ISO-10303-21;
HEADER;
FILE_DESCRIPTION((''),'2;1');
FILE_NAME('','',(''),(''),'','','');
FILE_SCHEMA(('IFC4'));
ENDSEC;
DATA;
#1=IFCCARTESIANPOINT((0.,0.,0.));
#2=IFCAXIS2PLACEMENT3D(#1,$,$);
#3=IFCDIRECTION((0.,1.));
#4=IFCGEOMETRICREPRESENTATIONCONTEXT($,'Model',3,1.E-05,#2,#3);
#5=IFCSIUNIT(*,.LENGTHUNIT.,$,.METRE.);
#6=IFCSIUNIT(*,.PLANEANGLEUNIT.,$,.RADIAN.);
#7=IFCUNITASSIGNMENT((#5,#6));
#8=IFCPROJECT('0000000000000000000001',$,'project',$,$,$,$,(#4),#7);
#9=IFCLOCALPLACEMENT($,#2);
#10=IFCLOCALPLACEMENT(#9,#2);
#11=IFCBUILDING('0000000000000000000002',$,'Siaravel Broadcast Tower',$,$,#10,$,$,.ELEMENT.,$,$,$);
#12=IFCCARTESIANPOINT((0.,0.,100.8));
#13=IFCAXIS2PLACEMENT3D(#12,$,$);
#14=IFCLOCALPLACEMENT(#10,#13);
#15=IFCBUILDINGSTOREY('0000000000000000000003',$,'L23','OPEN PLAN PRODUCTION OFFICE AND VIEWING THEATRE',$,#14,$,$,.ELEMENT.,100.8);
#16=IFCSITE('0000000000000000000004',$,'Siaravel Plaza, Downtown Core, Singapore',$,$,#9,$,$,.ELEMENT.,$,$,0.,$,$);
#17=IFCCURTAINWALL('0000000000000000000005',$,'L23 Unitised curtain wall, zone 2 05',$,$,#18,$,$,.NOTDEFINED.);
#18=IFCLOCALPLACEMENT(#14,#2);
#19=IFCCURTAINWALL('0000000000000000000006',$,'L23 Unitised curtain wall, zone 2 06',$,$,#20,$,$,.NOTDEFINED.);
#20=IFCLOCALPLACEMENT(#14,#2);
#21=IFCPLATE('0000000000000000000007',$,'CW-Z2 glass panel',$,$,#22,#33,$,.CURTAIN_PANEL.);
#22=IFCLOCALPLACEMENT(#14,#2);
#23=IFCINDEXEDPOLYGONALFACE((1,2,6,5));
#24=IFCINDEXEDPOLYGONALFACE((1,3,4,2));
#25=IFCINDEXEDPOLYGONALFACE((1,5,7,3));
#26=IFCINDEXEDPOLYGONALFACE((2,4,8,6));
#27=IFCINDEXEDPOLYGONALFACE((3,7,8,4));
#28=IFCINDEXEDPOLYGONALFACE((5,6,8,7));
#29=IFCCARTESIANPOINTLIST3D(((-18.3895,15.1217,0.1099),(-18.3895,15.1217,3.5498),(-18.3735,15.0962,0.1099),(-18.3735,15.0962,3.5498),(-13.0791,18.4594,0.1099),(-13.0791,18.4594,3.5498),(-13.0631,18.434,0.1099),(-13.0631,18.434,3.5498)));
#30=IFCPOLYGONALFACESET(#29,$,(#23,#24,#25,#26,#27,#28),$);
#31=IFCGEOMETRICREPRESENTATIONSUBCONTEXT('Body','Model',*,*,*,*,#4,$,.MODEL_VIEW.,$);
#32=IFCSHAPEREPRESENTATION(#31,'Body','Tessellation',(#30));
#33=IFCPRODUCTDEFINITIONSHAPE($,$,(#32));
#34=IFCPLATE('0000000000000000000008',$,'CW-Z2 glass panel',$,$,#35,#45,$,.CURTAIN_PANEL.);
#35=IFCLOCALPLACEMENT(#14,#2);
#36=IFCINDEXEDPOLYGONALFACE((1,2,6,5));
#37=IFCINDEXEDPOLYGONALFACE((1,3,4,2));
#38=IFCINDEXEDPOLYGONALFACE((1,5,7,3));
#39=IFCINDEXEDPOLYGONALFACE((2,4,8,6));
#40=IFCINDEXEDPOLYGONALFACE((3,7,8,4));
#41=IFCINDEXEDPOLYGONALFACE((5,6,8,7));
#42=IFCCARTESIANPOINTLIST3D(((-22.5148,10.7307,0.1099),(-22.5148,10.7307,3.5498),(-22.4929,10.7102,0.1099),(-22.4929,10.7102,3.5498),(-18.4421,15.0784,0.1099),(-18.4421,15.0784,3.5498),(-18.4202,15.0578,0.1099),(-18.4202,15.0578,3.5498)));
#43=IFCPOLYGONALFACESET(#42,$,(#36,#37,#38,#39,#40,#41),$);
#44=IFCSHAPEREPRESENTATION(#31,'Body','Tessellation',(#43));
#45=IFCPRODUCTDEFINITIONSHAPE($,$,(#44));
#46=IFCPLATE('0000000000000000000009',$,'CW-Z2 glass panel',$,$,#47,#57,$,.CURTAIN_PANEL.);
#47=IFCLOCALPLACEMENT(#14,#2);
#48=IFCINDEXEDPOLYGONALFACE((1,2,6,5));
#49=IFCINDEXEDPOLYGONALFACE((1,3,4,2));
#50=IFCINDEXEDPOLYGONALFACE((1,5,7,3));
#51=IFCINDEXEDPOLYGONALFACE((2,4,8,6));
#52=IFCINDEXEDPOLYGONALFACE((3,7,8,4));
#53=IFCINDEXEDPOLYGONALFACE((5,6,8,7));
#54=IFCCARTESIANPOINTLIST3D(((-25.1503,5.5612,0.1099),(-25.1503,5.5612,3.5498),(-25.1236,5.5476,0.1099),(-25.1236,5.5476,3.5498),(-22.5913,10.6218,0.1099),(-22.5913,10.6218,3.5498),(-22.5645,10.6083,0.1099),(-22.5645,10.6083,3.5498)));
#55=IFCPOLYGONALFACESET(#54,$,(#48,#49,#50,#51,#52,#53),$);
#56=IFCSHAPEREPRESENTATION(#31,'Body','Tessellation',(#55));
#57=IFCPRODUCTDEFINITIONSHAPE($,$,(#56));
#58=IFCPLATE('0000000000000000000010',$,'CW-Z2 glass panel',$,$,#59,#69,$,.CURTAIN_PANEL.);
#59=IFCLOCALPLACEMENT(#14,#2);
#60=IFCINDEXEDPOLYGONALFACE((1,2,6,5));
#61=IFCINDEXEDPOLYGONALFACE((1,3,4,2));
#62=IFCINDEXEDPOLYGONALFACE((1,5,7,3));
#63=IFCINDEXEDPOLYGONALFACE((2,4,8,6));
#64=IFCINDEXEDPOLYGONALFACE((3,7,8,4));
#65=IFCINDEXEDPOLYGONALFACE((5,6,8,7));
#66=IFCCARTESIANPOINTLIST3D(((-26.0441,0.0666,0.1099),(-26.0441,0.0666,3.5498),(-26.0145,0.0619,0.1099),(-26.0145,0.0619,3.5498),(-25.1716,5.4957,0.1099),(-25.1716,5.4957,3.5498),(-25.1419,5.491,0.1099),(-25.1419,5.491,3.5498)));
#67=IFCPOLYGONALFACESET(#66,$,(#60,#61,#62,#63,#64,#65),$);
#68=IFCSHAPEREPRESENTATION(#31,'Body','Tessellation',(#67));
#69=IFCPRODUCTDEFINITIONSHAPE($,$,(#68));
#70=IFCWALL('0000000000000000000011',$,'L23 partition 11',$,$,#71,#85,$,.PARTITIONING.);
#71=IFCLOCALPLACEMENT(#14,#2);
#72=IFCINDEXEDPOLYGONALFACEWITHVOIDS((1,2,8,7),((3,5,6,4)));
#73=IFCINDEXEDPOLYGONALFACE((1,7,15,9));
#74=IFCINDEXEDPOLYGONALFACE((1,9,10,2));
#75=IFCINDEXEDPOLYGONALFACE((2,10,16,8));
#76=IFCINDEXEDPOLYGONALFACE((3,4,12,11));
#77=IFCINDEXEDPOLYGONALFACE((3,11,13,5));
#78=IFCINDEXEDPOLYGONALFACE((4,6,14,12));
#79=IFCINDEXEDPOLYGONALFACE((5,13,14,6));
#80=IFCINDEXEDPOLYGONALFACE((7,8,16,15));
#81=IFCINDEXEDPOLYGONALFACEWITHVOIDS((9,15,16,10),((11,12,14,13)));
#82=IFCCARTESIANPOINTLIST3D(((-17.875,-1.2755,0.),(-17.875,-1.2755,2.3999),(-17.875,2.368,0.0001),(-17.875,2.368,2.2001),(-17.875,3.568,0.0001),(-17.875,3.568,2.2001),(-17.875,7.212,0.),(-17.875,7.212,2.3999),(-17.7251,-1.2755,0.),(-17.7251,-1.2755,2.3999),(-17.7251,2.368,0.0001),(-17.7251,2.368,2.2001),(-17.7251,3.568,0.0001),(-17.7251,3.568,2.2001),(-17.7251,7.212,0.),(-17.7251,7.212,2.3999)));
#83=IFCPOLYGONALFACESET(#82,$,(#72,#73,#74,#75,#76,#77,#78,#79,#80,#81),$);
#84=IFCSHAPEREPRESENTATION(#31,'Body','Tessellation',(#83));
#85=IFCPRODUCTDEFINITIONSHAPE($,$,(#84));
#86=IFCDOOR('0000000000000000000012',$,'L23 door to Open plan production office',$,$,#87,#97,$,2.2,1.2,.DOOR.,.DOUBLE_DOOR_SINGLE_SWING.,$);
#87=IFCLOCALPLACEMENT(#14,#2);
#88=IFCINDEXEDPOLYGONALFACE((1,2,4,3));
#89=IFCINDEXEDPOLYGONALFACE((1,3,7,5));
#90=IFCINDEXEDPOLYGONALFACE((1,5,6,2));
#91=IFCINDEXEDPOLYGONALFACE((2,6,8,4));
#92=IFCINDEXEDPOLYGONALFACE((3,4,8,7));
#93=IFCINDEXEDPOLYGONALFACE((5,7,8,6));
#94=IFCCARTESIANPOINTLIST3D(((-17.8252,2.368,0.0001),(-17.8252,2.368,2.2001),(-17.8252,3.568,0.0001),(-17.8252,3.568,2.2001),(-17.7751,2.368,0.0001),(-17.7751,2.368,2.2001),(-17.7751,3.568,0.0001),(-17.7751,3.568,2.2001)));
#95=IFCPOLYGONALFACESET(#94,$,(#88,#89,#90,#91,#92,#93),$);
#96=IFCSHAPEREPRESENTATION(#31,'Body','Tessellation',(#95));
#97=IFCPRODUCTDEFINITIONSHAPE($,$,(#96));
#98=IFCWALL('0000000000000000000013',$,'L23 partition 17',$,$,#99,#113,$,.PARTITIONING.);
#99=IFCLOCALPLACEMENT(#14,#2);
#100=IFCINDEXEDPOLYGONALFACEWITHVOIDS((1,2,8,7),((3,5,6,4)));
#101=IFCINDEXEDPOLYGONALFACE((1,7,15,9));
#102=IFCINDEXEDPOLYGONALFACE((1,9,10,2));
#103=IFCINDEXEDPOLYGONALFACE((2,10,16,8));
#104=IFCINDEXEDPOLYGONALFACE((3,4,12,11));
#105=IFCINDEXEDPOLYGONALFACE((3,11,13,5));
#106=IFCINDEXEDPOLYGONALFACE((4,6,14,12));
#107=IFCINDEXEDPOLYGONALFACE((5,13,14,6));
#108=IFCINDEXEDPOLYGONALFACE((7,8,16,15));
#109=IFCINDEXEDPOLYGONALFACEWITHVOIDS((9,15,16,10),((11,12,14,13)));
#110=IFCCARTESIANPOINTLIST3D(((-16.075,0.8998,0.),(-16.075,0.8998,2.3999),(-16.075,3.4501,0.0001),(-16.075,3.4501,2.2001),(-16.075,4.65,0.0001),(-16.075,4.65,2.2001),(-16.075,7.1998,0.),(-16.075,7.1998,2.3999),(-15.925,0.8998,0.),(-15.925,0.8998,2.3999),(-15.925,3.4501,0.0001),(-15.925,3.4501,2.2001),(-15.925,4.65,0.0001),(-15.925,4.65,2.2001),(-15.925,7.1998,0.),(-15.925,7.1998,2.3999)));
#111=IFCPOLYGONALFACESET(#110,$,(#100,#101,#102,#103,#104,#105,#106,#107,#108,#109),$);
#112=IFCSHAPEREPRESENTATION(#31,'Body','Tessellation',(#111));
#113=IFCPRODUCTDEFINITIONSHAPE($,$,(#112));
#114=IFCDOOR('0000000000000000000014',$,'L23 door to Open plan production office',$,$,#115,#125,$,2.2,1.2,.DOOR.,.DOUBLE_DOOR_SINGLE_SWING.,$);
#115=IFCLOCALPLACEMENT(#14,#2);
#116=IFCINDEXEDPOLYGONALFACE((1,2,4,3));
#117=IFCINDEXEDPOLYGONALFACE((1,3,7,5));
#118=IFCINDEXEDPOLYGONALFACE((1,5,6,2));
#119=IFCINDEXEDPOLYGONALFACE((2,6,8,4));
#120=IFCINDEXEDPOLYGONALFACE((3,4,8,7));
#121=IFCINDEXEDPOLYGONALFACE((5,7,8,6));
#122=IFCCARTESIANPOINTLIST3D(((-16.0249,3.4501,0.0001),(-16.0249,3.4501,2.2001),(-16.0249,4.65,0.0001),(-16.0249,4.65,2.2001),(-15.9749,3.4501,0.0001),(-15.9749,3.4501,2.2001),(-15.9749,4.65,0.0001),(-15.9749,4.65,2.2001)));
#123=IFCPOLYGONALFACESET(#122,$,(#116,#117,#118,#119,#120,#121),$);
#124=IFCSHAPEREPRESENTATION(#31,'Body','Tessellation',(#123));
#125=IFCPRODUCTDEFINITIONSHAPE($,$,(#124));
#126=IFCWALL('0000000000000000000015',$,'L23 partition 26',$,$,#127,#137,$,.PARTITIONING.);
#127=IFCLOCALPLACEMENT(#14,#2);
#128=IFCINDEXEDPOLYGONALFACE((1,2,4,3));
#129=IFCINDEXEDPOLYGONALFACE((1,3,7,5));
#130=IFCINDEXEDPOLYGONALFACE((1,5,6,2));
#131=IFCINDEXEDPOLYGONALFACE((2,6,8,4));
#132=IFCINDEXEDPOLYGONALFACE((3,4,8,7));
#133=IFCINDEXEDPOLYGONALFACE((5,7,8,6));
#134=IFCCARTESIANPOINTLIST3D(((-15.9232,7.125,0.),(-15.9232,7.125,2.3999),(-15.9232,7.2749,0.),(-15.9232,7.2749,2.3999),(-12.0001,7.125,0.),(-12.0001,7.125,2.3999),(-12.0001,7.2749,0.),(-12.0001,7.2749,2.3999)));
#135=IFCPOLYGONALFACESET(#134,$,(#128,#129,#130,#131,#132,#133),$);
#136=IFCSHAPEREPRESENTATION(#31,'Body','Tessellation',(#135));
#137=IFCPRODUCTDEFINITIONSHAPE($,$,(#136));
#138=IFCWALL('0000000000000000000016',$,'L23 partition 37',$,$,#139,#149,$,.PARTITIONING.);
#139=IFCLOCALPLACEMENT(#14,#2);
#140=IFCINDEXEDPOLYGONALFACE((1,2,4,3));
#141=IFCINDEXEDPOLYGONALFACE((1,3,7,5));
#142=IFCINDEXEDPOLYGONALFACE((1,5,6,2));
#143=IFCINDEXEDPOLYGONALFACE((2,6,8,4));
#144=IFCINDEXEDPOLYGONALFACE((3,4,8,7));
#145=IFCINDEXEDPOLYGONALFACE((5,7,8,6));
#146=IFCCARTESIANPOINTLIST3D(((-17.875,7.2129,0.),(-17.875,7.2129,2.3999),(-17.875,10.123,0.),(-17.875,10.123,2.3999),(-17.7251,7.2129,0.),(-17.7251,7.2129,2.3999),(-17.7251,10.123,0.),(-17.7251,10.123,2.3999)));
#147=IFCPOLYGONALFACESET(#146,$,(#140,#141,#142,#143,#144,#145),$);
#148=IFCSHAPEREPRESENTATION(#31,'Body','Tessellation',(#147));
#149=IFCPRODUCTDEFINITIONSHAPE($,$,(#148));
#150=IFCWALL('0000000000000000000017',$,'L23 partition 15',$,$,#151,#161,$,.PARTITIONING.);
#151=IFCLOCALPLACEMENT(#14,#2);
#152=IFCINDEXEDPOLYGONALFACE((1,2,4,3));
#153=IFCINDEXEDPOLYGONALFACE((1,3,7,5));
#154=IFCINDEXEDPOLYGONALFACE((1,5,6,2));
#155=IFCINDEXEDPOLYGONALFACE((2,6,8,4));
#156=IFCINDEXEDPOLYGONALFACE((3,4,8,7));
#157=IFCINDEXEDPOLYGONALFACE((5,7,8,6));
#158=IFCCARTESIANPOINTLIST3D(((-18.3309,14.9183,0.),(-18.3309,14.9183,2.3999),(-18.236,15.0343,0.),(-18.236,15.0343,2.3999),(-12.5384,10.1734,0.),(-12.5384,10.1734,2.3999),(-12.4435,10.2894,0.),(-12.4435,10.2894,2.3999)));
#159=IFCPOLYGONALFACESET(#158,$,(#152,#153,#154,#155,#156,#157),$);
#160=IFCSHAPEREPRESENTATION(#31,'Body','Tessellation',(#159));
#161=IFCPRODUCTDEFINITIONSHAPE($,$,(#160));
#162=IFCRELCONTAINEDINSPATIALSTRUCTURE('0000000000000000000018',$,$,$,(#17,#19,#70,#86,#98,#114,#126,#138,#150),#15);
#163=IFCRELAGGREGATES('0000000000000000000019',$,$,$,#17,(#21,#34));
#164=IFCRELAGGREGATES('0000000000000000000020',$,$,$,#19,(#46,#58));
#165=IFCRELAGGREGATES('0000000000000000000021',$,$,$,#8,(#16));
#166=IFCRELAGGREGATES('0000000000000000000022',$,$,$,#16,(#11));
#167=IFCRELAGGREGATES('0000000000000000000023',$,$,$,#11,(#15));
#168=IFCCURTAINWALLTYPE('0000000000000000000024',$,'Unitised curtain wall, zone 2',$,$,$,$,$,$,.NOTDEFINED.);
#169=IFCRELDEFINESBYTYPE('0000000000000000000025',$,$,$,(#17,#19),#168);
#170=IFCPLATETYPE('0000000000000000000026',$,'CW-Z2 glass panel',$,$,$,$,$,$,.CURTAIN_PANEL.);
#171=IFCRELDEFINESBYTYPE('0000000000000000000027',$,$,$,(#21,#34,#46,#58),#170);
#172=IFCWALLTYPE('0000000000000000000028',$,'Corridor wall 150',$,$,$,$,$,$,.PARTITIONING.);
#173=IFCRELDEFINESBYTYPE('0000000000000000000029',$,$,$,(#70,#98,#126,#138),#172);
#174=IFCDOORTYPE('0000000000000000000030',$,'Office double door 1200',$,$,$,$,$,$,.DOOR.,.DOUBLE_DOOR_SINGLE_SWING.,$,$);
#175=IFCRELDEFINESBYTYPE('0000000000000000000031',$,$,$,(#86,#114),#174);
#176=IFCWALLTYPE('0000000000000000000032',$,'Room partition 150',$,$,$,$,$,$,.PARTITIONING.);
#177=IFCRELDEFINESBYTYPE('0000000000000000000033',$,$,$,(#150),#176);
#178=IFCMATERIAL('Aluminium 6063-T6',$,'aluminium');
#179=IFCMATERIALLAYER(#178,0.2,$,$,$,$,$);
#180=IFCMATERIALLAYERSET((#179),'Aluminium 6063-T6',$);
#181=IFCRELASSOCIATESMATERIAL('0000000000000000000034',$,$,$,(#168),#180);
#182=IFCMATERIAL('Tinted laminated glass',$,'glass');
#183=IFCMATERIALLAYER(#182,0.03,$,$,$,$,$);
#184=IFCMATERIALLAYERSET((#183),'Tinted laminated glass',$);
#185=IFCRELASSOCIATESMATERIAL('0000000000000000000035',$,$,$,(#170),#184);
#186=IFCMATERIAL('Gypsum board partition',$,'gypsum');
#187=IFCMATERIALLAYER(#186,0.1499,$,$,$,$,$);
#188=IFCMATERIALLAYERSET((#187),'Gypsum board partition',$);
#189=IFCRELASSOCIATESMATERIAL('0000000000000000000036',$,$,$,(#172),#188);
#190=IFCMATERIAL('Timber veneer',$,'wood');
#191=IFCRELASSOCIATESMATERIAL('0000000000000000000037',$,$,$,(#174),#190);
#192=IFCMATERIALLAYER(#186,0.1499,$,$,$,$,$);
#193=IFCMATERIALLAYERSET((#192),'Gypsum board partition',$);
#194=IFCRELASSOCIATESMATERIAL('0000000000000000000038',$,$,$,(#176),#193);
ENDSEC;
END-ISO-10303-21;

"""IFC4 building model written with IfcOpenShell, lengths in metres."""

from ifc_helpers import new_model, si_unit, direction, frame, frame_2d, origin, origin_2d, place, context, subcontext, project, spatial, rectangle, extrude, material, layer, layer_set, type_object, element, fill, aggregate, save


model = new_model("IFC4")

# Units and contexts
model_context = context("Model", 3, precision=1e-05, world=origin(), true_north=direction((0.0, 1.0)))
body_context = subcontext(model_context, "Body", "Model", "MODEL_VIEW")
ifc_project = project(units=[si_unit("LENGTHUNIT", "METRE"), si_unit("PLANEANGLEUNIT", "RADIAN")], contexts=[model_context])

# Site, building, storey
site_placement = place(None, origin())
site = spatial("IfcSite", under=ifc_project, at=site_placement, Name="Siaravel Plaza, Downtown Core, Singapore", CompositionType="ELEMENT", RefElevation=0.0)
building_placement = place(site_placement, origin())
building = spatial("IfcBuilding", under=site, at=building_placement, Name="Siaravel Broadcast Tower", CompositionType="ELEMENT")
storey_placement = place(building_placement, frame((0.0, 0.0, 100.8)))
storey = spatial("IfcBuildingStorey", under=building, at=storey_placement, Name="L23", Description="OPEN PLAN PRODUCTION OFFICE AND VIEWING THEATRE", CompositionType="ELEMENT", Elevation=100.8)

# Curtain walls
ifc_material_1 = material(Name="Aluminium 6063-T6", Category="aluminium")
ifc_layer_1 = layer(ifc_material_1, 0.2)
ifc_layer_set_1 = layer_set([ifc_layer_1], Name="Aluminium 6063-T6")
curtain_wall_type = type_object("IfcCurtainWallType", Name="Unitised curtain wall, zone 2", PredefinedType="NOTDEFINED", material=ifc_layer_set_1)
curtain_wall_1_placement = place(storey_placement, origin())
curtain_wall_1 = element("IfcCurtainWall", 1, at=curtain_wall_1_placement, inside=storey, type_object=curtain_wall_type, Name="L23 Unitised curtain wall, zone 2 05", PredefinedType="NOTDEFINED")
curtain_wall_2_placement = place(storey_placement, origin())
curtain_wall_2 = element("IfcCurtainWall", 2, at=curtain_wall_2_placement, inside=storey, type_object=curtain_wall_type, Name="L23 Unitised curtain wall, zone 2 06", PredefinedType="NOTDEFINED")

# Plates
ifc_material_2 = material(Name="Tinted laminated glass", Category="glass")
ifc_layer_2 = layer(ifc_material_2, 0.03)
ifc_layer_set_2 = layer_set([ifc_layer_2], Name="Tinted laminated glass")
plate_type = type_object("IfcPlateType", Name="CW-Z2 glass panel", PredefinedType="CURTAIN_PANEL", material=ifc_layer_set_2)
plate_1_placement = place(storey_placement, frame((-15.7263, 16.7778, 0.1099), z_axis=(0.0, 0.0, 1.0), x_axis=(-0.846651, -0.532149, 0.0)))
plate_1 = element("IfcPlate", 3, at=plate_1_placement, type_object=plate_type, Name="CW-Z2 glass panel", PredefinedType="CURTAIN_PANEL", context=body_context, shape_type="SweptSolid", body=[
    extrude(rectangle(XDim=6.2722, YDim=0.03, at=origin_2d()), origin(), (0.0, 0.0, 1.0), 3.4399),
])
plate_2_placement = place(storey_placement, frame((-20.4675, 12.8943, 0.1099), z_axis=(0.0, 0.0, 1.0), x_axis=(-0.683656, -0.729805, 0.0)))
plate_2 = element("IfcPlate", 4, at=plate_2_placement, type_object=plate_type, Name="CW-Z2 glass panel", PredefinedType="CURTAIN_PANEL", context=body_context, shape_type="SweptSolid", body=[
    extrude(rectangle(XDim=5.9573, YDim=0.03, at=origin_2d()), origin(), (0.0, 0.0, 1.0), 3.4399),
])
aggregate(curtain_wall_1, [plate_1, plate_2])
plate_3_placement = place(storey_placement, frame((-23.8574, 8.0847, 0.1099), z_axis=(0.0, 0.0, 1.0), x_axis=(-0.451261, -0.892392, 0.0)))
plate_3 = element("IfcPlate", 5, at=plate_3_placement, type_object=plate_type, Name="CW-Z2 glass panel", PredefinedType="CURTAIN_PANEL", context=body_context, shape_type="SweptSolid", body=[
    extrude(rectangle(XDim=5.6709, YDim=0.03, at=origin_2d()), origin(), (0.0, 0.0, 1.0), 3.4399),
])
plate_4_placement = place(storey_placement, frame((-25.593, 2.7788, 0.1099), z_axis=(0.0, 0.0, 1.0), x_axis=(-0.158686, -0.987329, 0.0)))
plate_4 = element("IfcPlate", 6, at=plate_4_placement, type_object=plate_type, Name="CW-Z2 glass panel", PredefinedType="CURTAIN_PANEL", context=body_context, shape_type="SweptSolid", body=[
    extrude(rectangle(XDim=5.4988, YDim=0.03, at=origin_2d()), origin(), (0.0, 0.0, 1.0), 3.4399),
])
aggregate(curtain_wall_2, [plate_3, plate_4])

# Walls, openings, doors
ifc_material_3 = material(Name="Gypsum board partition", Category="gypsum")
ifc_layer_3 = layer(ifc_material_3, 0.1499)
ifc_layer_set_3 = layer_set([ifc_layer_3], Name="Gypsum board partition")
wall_type_1 = type_object("IfcWallType", Name="Corridor wall 150", PredefinedType="PARTITIONING", material=ifc_layer_set_3)
wall_1_placement = place(storey_placement, frame((-17.8, 7.2119, 0.0), z_axis=(0.0, 0.0, 1.0), x_axis=(0.0, -1.0, 0.0)))
wall_1 = element("IfcWall", 7, at=wall_1_placement, inside=storey, type_object=wall_type_1, Name="L23 partition 11", PredefinedType="PARTITIONING", context=body_context, shape_type="SweptSolid", body=[
    extrude(rectangle(XDim=8.4875, YDim=0.1499, at=frame_2d((4.2437, 0.0))), origin(), (0.0, 0.0, 1.0), 2.3999),
])
opening_1_placement = place(wall_1_placement, frame((3.6438, 0.0, 0.0)))
opening_1 = element("IfcOpeningElement", 8, at=opening_1_placement, cuts=wall_1, PredefinedType="OPENING", context=body_context, shape_type="SweptSolid", body=[
    extrude(rectangle(XDim=1.2, YDim=2.2, at=frame_2d((0.6001, 1.1001))), frame((0.0, 0.085, 0.0), z_axis=(0.0, -1.0, 0.0), x_axis=(1.0, 0.0, 0.0)), (0.0, 0.0, 1.0), 0.1699),
])
ifc_material_4 = material(Name="Timber veneer", Category="wood")
door_type = type_object("IfcDoorType", Name="Office double door 1200", OperationType="DOUBLE_DOOR_SINGLE_SWING", PredefinedType="DOOR", material=ifc_material_4)
door_1_placement = place(opening_1_placement, origin())
door_1 = element("IfcDoor", 9, at=door_1_placement, inside=storey, type_object=door_type, Name="L23 door to Open plan production office", OperationType="DOUBLE_DOOR_SINGLE_SWING", OverallHeight=2.2, OverallWidth=1.2, PredefinedType="DOOR", context=body_context, shape_type="SweptSolid", body=[
    extrude(rectangle(XDim=1.2, YDim=2.2, at=frame_2d((0.6001, 1.1001))), frame((0.0, 0.0249, 0.0), z_axis=(0.0, -1.0, 0.0), x_axis=(1.0, 0.0, 0.0)), (0.0, 0.0, 1.0), 0.05),
])
fill(opening_1, door_1)
wall_2_placement = place(storey_placement, frame((-16.0, 0.8999, 0.0), z_axis=(0.0, 0.0, 1.0), x_axis=(0.0, 1.0, 0.0)))
wall_2 = element("IfcWall", 10, at=wall_2_placement, inside=storey, type_object=wall_type_1, Name="L23 partition 17", PredefinedType="PARTITIONING", context=body_context, shape_type="SweptSolid", body=[
    extrude(rectangle(XDim=6.3, YDim=0.1499, at=frame_2d((3.1499, 0.0))), origin(), (0.0, 0.0, 1.0), 2.3999),
])
opening_2_placement = place(wall_2_placement, frame((2.55, 0.0, 0.0)))
opening_2 = element("IfcOpeningElement", 11, at=opening_2_placement, cuts=wall_2, PredefinedType="OPENING", context=body_context, shape_type="SweptSolid", body=[
    extrude(rectangle(XDim=1.2, YDim=2.2, at=frame_2d((0.6001, 1.1001))), frame((0.0, 0.085, 0.0), z_axis=(0.0, -1.0, 0.0), x_axis=(1.0, 0.0, 0.0)), (0.0, 0.0, 1.0), 0.1699),
])
door_2_placement = place(opening_2_placement, origin())
door_2 = element("IfcDoor", 12, at=door_2_placement, inside=storey, type_object=door_type, Name="L23 door to Open plan production office", OperationType="DOUBLE_DOOR_SINGLE_SWING", OverallHeight=2.2, OverallWidth=1.2, PredefinedType="DOOR", context=body_context, shape_type="SweptSolid", body=[
    extrude(rectangle(XDim=1.2, YDim=2.2, at=frame_2d((0.6001, 1.1001))), frame((0.0, 0.0249, 0.0), z_axis=(0.0, -1.0, 0.0), x_axis=(1.0, 0.0, 0.0)), (0.0, 0.0, 1.0), 0.05),
])
fill(opening_2, door_2)

# Walls
wall_3_placement = place(storey_placement, frame((-15.9231, 7.2, 0.0), z_axis=(0.0, 0.0, 1.0), x_axis=(1.0, 0.0, 0.0)))
element("IfcWall", 13, at=wall_3_placement, inside=storey, type_object=wall_type_1, Name="L23 partition 26", PredefinedType="PARTITIONING", context=body_context, shape_type="SweptSolid", body=[
    extrude(rectangle(XDim=3.9231, YDim=0.1499, at=frame_2d((1.9614, 0.0))), origin(), (0.0, 0.0, 1.0), 2.3999),
])
wall_4_placement = place(storey_placement, frame((-17.8, 10.123, 0.0), z_axis=(0.0, 0.0, 1.0), x_axis=(0.0, -1.0, 0.0)))
element("IfcWall", 14, at=wall_4_placement, inside=storey, type_object=wall_type_1, Name="L23 partition 37", PredefinedType="PARTITIONING", context=body_context, shape_type="SweptSolid", body=[
    extrude(rectangle(XDim=2.9102, YDim=0.1499, at=frame_2d((1.4551, 0.0))), origin(), (0.0, 0.0, 1.0), 2.3999),
])
ifc_layer_4 = layer(ifc_material_3, 0.1499)
ifc_layer_set_4 = layer_set([ifc_layer_4], Name="Gypsum board partition")
wall_type_2 = type_object("IfcWallType", Name="Room partition 150", PredefinedType="PARTITIONING", material=ifc_layer_set_4)
wall_5_placement = place(storey_placement, frame((-18.2834, 14.9763, 0.0), z_axis=(0.0, 0.0, 1.0), x_axis=(0.773593, -0.633683, 0.0)))
element("IfcWall", 15, at=wall_5_placement, inside=storey, type_object=wall_type_2, Name="L23 partition 15", PredefinedType="PARTITIONING", context=body_context, shape_type="SweptSolid", body=[
    extrude(rectangle(XDim=7.4878, YDim=0.1499, at=frame_2d((3.7439, 0.0))), origin(), (0.0, 0.0, 1.0), 2.3999),
])

save(model, "model.ifc")
